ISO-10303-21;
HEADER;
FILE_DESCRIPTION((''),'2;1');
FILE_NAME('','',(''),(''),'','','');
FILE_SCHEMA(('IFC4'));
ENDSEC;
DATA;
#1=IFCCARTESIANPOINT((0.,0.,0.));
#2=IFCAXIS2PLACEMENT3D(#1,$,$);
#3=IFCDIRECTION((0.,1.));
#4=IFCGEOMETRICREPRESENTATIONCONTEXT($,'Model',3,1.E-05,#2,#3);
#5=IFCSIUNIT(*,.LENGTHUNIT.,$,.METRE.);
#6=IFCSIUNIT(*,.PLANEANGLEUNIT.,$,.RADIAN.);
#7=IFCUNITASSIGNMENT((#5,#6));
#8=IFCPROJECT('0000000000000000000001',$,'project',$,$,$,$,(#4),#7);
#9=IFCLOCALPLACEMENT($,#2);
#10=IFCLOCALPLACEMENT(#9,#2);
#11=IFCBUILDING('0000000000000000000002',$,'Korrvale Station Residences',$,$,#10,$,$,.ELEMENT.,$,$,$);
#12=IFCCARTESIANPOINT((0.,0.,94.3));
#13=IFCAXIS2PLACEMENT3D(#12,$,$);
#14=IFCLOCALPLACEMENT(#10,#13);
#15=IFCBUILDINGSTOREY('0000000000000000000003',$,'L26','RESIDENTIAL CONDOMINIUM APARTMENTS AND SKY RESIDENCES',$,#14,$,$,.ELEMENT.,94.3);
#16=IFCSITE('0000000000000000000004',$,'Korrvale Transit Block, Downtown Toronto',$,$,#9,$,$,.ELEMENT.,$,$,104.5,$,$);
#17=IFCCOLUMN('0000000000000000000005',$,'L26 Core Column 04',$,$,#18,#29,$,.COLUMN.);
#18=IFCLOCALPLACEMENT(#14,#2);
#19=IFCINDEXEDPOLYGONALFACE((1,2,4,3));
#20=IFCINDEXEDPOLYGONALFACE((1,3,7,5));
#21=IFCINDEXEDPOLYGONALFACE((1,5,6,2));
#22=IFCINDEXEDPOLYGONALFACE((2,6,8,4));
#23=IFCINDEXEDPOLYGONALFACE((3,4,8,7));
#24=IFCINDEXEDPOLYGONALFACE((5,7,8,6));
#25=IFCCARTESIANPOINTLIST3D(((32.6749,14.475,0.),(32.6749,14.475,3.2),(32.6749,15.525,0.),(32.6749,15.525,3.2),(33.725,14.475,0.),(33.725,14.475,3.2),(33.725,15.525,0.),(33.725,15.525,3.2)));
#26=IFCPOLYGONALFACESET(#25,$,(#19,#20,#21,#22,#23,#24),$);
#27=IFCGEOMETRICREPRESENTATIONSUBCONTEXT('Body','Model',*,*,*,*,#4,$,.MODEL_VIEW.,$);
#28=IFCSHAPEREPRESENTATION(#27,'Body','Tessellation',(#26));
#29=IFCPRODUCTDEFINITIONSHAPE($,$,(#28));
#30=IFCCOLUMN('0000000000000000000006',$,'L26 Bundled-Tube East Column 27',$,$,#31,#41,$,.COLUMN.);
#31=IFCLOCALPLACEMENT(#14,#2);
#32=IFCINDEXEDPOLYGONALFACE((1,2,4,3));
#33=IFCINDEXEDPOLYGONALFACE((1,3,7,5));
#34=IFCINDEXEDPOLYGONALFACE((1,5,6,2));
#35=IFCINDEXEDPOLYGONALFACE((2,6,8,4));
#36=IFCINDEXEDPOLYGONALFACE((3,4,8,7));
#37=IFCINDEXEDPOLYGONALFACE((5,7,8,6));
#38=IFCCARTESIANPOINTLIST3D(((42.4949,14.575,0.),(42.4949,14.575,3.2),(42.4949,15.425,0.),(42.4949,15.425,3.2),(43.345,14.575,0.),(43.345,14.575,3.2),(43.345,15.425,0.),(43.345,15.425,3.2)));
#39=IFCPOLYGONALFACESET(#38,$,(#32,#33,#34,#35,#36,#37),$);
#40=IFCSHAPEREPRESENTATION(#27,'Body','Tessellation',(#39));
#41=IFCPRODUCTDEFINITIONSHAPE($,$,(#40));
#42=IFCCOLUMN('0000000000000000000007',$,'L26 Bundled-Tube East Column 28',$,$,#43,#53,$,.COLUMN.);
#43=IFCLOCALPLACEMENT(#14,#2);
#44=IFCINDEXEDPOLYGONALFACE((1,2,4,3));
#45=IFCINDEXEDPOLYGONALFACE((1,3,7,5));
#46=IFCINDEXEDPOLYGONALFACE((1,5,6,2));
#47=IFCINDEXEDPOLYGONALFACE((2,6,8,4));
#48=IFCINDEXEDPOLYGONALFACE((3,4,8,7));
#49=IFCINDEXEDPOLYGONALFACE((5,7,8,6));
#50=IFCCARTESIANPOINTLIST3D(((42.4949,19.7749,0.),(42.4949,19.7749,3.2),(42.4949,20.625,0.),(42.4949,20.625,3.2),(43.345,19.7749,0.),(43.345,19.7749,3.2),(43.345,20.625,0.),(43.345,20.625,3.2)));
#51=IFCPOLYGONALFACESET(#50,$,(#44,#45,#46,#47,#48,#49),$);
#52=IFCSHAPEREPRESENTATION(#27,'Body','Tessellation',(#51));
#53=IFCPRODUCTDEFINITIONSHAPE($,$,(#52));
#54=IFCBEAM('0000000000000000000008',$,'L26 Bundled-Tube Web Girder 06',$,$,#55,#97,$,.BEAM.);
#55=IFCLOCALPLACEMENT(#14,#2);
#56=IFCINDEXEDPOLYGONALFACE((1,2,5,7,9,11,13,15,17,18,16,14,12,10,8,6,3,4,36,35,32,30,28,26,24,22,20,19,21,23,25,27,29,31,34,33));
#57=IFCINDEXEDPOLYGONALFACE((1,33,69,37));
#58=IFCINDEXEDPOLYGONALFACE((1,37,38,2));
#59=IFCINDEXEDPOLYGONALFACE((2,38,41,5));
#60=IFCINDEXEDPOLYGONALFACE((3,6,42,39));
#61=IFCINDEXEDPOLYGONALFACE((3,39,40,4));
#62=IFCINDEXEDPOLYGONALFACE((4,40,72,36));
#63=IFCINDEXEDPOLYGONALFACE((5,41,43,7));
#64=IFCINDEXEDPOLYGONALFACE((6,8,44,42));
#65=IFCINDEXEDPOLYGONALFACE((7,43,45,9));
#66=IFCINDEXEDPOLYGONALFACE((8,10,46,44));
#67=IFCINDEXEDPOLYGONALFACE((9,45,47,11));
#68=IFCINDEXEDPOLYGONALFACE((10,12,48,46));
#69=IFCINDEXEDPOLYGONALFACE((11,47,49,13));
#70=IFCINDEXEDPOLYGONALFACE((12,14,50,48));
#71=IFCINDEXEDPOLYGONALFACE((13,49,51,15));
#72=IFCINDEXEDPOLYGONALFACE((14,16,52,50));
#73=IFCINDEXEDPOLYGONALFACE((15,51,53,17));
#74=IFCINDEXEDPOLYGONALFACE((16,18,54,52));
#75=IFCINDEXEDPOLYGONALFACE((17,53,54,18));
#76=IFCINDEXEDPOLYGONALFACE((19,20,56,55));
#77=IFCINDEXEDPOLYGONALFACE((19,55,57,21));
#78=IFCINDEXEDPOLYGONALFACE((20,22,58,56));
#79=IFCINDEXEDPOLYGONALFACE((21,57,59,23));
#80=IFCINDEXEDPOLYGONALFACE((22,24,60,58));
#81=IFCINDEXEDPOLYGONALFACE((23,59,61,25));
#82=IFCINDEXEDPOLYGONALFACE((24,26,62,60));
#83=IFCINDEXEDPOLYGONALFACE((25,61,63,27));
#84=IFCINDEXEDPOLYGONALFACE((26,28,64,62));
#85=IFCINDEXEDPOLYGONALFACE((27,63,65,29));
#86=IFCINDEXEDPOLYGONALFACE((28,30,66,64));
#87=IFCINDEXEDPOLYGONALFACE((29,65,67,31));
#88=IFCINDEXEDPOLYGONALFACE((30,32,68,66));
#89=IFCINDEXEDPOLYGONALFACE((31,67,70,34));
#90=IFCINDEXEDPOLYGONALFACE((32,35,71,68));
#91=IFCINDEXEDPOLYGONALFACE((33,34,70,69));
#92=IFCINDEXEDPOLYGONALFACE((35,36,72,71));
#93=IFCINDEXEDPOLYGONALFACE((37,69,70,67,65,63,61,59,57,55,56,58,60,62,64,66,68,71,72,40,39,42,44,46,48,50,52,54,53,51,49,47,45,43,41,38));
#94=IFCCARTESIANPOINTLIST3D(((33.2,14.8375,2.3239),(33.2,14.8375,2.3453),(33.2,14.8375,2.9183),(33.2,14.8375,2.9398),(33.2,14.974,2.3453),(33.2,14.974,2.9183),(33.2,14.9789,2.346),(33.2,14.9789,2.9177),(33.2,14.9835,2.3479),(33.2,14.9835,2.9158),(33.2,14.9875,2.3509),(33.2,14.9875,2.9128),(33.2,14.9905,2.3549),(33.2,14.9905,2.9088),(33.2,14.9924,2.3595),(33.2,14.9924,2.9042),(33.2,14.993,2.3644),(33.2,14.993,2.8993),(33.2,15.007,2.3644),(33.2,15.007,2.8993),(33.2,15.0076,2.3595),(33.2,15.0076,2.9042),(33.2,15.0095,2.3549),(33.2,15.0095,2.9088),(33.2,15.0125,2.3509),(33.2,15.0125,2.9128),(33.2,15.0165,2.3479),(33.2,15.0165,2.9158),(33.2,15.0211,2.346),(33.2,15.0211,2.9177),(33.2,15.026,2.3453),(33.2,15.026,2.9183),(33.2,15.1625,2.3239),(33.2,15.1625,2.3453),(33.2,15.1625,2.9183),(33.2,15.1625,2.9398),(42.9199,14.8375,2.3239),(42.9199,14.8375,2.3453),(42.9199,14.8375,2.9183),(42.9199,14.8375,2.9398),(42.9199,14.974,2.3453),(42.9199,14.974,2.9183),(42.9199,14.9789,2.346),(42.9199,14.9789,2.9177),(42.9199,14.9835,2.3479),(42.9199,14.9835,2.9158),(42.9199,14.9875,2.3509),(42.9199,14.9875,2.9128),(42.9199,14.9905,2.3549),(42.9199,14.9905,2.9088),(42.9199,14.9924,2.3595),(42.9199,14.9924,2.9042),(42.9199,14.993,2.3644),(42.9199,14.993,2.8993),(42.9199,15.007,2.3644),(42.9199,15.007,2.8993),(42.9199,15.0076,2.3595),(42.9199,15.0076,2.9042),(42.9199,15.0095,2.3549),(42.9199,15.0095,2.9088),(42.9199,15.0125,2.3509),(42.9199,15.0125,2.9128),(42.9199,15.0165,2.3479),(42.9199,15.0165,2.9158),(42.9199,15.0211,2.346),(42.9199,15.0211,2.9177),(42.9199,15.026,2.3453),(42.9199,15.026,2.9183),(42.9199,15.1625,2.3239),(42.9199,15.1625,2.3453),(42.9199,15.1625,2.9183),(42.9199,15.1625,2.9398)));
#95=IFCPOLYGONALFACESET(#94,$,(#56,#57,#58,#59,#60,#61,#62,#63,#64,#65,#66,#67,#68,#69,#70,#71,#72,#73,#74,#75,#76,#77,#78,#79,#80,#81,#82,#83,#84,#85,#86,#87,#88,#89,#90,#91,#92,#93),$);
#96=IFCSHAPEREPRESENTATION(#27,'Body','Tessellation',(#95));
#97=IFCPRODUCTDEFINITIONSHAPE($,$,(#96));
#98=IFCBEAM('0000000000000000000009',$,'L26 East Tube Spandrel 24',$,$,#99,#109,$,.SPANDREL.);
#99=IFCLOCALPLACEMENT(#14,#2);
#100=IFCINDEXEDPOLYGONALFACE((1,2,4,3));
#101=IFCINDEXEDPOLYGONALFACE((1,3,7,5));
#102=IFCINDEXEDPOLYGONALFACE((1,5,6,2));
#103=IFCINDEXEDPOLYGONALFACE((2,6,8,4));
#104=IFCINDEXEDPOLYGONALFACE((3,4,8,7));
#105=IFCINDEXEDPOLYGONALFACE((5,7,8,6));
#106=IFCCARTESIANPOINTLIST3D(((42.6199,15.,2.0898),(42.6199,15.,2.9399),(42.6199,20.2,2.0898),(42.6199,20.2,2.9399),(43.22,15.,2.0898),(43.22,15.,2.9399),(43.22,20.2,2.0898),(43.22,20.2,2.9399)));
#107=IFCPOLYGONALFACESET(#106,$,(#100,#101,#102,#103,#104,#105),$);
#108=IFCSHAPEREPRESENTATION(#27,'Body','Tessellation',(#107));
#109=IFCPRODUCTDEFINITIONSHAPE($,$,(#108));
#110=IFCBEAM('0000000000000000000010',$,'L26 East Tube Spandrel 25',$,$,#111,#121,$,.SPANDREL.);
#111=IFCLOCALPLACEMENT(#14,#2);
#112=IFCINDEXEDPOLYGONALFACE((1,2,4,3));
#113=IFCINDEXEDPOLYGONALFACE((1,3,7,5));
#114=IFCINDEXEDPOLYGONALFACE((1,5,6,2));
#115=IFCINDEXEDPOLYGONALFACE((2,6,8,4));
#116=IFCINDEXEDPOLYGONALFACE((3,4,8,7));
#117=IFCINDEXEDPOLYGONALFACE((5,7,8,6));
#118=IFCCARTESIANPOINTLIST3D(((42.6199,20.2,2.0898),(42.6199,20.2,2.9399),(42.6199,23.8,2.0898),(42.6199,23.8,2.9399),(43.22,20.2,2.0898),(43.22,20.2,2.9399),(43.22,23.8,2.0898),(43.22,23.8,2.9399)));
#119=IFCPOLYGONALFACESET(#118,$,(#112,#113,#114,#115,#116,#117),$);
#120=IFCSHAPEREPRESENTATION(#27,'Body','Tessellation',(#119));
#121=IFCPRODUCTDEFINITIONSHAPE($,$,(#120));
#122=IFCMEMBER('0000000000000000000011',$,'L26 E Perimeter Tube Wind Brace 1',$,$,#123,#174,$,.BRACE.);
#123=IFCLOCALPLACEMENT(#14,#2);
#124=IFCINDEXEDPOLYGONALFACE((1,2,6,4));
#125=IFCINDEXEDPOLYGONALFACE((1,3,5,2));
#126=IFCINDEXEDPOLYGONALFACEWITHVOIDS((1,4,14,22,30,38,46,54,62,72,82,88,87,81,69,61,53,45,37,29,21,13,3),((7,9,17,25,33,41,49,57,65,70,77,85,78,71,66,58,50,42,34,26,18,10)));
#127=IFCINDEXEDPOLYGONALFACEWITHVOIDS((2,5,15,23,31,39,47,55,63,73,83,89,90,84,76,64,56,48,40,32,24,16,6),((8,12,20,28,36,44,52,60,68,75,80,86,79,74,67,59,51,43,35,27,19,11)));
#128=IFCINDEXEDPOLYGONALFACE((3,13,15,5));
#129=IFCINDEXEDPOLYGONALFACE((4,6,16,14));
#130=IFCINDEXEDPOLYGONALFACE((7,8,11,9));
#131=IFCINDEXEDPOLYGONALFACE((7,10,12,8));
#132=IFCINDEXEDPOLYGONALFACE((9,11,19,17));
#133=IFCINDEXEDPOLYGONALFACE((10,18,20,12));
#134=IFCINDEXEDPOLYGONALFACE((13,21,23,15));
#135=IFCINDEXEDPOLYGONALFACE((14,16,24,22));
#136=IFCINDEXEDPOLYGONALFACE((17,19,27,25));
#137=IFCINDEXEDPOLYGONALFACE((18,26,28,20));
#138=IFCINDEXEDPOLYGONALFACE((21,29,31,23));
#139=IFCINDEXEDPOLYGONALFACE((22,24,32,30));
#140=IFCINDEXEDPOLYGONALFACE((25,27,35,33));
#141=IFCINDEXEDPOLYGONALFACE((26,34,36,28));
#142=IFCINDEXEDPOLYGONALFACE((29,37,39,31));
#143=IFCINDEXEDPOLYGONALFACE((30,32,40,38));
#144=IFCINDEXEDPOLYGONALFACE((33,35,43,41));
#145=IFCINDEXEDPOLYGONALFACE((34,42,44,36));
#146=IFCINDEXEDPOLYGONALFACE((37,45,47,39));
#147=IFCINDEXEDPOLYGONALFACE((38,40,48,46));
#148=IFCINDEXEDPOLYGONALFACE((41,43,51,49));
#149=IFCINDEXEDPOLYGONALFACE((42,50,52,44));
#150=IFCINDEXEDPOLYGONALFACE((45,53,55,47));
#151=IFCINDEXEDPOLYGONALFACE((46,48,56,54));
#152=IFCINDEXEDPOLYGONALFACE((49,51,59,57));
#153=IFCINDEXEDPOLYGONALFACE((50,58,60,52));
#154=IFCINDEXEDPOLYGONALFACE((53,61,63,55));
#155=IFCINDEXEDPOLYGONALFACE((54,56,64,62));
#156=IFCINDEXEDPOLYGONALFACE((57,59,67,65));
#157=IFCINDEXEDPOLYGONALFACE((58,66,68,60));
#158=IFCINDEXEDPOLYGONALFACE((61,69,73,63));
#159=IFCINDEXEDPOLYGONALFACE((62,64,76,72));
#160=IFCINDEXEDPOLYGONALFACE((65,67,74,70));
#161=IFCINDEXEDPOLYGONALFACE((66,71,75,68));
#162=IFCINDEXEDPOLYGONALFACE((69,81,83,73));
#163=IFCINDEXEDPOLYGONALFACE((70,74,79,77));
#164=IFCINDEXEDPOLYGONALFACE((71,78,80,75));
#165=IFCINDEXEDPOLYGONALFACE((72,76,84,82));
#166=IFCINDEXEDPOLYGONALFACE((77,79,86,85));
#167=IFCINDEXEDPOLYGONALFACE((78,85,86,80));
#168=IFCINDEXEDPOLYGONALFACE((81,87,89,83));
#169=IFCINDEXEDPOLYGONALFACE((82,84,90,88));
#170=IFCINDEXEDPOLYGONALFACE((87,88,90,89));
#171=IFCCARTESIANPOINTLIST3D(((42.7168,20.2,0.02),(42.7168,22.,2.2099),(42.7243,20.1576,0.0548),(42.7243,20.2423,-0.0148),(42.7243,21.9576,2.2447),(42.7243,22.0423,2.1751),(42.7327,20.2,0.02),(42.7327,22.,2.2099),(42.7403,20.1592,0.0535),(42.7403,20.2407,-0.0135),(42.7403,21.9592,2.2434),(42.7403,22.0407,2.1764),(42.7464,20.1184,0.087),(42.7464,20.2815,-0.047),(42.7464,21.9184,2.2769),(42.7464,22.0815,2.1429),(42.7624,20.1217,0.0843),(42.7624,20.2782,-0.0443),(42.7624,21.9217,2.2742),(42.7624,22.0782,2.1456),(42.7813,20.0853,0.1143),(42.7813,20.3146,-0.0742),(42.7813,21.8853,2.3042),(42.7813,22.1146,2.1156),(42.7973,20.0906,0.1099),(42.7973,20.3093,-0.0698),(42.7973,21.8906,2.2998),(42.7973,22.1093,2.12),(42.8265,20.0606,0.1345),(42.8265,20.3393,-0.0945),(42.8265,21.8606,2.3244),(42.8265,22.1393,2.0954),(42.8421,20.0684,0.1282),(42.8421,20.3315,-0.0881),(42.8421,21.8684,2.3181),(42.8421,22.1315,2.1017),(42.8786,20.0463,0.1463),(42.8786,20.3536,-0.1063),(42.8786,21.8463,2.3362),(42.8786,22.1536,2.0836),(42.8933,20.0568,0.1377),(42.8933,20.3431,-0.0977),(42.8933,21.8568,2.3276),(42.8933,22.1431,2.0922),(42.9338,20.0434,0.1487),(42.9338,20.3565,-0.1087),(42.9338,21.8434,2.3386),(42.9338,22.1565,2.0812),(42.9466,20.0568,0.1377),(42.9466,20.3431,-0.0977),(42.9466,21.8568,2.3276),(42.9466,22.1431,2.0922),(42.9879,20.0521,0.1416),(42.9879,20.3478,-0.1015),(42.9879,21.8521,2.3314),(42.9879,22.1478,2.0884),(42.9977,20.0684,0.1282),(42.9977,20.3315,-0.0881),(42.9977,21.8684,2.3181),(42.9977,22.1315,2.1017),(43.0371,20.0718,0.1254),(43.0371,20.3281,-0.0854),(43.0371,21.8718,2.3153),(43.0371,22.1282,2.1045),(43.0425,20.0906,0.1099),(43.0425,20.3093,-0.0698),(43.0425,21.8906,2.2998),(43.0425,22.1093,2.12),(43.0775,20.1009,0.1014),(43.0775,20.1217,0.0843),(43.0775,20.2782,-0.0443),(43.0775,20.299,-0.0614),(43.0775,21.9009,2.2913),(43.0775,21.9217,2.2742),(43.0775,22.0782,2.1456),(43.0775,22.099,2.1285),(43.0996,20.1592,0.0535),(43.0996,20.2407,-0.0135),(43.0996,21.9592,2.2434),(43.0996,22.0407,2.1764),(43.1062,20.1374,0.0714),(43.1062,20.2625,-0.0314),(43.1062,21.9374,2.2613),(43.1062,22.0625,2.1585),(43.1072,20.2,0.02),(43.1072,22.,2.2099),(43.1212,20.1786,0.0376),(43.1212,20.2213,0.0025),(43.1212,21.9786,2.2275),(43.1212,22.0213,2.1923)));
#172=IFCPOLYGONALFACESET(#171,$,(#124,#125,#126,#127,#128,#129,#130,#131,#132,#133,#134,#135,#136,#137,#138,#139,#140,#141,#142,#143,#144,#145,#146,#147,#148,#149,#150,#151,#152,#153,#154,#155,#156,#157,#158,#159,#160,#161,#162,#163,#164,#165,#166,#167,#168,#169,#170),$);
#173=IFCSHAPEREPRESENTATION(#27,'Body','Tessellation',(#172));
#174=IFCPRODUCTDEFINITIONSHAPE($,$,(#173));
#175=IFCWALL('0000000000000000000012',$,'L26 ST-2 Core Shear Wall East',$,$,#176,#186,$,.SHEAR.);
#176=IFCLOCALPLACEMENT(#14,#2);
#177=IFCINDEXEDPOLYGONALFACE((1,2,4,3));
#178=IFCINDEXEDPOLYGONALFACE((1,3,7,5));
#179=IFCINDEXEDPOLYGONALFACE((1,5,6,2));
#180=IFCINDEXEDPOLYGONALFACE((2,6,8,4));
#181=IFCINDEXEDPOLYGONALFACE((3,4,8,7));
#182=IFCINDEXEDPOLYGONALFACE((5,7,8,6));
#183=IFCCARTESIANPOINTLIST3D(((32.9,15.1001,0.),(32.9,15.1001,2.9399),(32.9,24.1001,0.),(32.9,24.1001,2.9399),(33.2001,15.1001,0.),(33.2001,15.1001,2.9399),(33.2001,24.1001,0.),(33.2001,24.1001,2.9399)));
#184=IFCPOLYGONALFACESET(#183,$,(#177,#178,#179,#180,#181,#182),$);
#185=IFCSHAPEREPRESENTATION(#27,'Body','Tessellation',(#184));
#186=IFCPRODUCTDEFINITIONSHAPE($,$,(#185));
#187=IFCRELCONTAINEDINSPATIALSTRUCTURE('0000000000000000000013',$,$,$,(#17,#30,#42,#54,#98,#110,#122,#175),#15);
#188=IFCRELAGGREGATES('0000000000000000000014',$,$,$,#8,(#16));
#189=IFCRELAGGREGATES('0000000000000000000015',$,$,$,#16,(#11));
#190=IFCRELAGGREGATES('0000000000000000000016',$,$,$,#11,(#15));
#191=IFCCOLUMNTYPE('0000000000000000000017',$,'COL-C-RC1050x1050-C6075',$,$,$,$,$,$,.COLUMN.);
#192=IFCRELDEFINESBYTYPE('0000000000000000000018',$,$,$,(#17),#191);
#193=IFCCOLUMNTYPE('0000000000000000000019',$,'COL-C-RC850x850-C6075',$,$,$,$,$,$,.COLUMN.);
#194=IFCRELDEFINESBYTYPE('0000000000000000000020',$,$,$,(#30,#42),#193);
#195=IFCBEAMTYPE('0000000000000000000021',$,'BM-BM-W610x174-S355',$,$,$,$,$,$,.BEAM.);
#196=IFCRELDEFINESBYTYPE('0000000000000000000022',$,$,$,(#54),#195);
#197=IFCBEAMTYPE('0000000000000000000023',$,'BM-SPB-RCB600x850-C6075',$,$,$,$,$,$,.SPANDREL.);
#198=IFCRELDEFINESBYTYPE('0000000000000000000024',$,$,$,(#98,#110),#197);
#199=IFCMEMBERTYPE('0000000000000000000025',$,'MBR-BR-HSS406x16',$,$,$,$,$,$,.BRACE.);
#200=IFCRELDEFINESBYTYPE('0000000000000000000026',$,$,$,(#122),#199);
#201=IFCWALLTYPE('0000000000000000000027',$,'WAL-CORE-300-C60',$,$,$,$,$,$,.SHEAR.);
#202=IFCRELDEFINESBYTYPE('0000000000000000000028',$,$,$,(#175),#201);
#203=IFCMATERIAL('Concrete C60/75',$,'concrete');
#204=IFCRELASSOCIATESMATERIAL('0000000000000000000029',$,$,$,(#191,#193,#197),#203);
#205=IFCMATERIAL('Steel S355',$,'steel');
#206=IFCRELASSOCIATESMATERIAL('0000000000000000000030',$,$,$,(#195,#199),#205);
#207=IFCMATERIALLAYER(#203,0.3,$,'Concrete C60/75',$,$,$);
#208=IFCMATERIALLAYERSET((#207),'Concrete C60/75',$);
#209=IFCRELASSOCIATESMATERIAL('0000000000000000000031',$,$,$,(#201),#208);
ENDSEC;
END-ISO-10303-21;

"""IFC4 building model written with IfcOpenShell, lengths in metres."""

from ifc_helpers import new_model, si_unit, direction, frame, frame_2d, origin, origin_2d, place, context, subcontext, project, spatial, rectangle, hollow_circle, i_section, extrude, material, layer, layer_set, material_profile, profile_set, type_object, element, save


model = new_model("IFC4")

# Units and contexts
model_context = context("Model", 3, precision=1e-05, world=origin(), true_north=direction((0.0, 1.0)))
body_context = subcontext(model_context, "Body", "Model", "MODEL_VIEW")
ifc_project = project(units=[si_unit("LENGTHUNIT", "METRE"), si_unit("PLANEANGLEUNIT", "RADIAN")], contexts=[model_context])

# Site, building, storey
site_placement = place(None, origin())
site = spatial("IfcSite", under=ifc_project, at=site_placement, Name="Korrvale Transit Block, Downtown Toronto", CompositionType="ELEMENT", RefElevation=104.5)
building_placement = place(site_placement, origin())
building = spatial("IfcBuilding", under=site, at=building_placement, Name="Korrvale Station Residences", CompositionType="ELEMENT")
storey_placement = place(building_placement, frame((0.0, 0.0, 94.3)))
storey = spatial("IfcBuildingStorey", under=building, at=storey_placement, Name="L26", Description="RESIDENTIAL CONDOMINIUM APARTMENTS AND SKY RESIDENCES", CompositionType="ELEMENT", Elevation=94.3)

# Columns
ifc_material_1 = material(Name="Concrete C60/75", Category="concrete")
ifc_material_profile_1 = material_profile(ifc_material_1, rectangle(XDim=1.05, YDim=1.05, at=origin_2d()), Name="RC1050x1050")
ifc_profile_set_1 = profile_set([ifc_material_profile_1], Name="Concrete C60/75")
column_type_1 = type_object("IfcColumnType", Name="COL-C-RC1050x1050-C6075", PredefinedType="COLUMN", material=ifc_profile_set_1)
column_placement = place(storey_placement, frame((33.2, 15.0, 0.0), z_axis=(0.0, 0.0, 1.0), x_axis=(1.0, 0.0, 0.0)))
element("IfcColumn", 1, at=column_placement, inside=storey, type_object=column_type_1, Name="L26 Core Column 04", PredefinedType="COLUMN", context=body_context, shape_type="SweptSolid", body=[
    extrude(rectangle(XDim=1.05, YDim=1.05, at=origin_2d()), origin(), (0.0, 0.0, 1.0), 3.2),
])
ifc_material_profile_2 = material_profile(ifc_material_1, rectangle(XDim=0.8501, YDim=0.8501, at=origin_2d()), Name="RC850x850")
ifc_profile_set_2 = profile_set([ifc_material_profile_2], Name="Concrete C60/75")
column_type_2 = type_object("IfcColumnType", Name="COL-C-RC850x850-C6075", PredefinedType="COLUMN", material=ifc_profile_set_2)
for number, where, z_axis, x_axis, name in (
    (2, (42.9199, 15.0, 0.0), (0.0, 0.0, 1.0), (1.0, 0.0, 0.0), "L26 Bundled-Tube East Column 27"),
    (3, (42.9199, 20.2, 0.0), (0.0, 0.0, 1.0), (1.0, 0.0, 0.0), "L26 Bundled-Tube East Column 28"),
):
    element("IfcColumn", number, at=place(storey_placement, frame(where, z_axis=z_axis, x_axis=x_axis)), inside=storey, type_object=column_type_2, Name=name, PredefinedType="COLUMN", context=body_context, shape_type="SweptSolid", body=[
        extrude(rectangle(XDim=0.8501, YDim=0.8501, at=origin_2d()), origin(), (0.0, 0.0, 1.0), 3.2),
    ])

# Beams
ifc_material_2 = material(Name="Steel S355", Category="steel")
ifc_material_profile_3 = material_profile(ifc_material_2, i_section(OverallWidth=0.325, OverallDepth=0.616, WebThickness=0.0139, FlangeThickness=0.0215, FilletRadius=0.019, at=origin_2d()), Name="W610x174")
ifc_profile_set_3 = profile_set([ifc_material_profile_3], Name="Steel S355")
beam_type_1 = type_object("IfcBeamType", Name="BM-BM-W610x174-S355", PredefinedType="BEAM", material=ifc_profile_set_3)
beam_1_placement = place(storey_placement, frame((33.2, 15.0, 2.6318), z_axis=(1.0, 0.0, 0.0), x_axis=(0.0, 1.0, 0.0)))
element("IfcBeam", 4, at=beam_1_placement, inside=storey, type_object=beam_type_1, Name="L26 Bundled-Tube Web Girder 06", PredefinedType="BEAM", context=body_context, shape_type="SweptSolid", body=[
    extrude(i_section(OverallWidth=0.325, OverallDepth=0.616, WebThickness=0.0139, FlangeThickness=0.0215, FilletRadius=0.019, at=origin_2d()), origin(), (0.0, 0.0, 1.0), 9.72),
])
ifc_material_profile_4 = material_profile(ifc_material_1, rectangle(XDim=0.6001, YDim=0.8501, at=origin_2d()), Name="RCB600x850")
ifc_profile_set_4 = profile_set([ifc_material_profile_4], Name="Concrete C60/75")
beam_type_2 = type_object("IfcBeamType", Name="BM-SPB-RCB600x850-C6075", PredefinedType="SPANDREL", material=ifc_profile_set_4)
beam_2_placement = place(storey_placement, frame((42.9199, 15.0, 2.5149), z_axis=(0.0, 1.0, 0.0), x_axis=(-1.0, 0.0, 0.0)))
element("IfcBeam", 5, at=beam_2_placement, inside=storey, type_object=beam_type_2, Name="L26 East Tube Spandrel 24", PredefinedType="SPANDREL", context=body_context, shape_type="SweptSolid", body=[
    extrude(rectangle(XDim=0.6001, YDim=0.8501, at=origin_2d()), origin(), (0.0, 0.0, 1.0), 5.2),
])
beam_3_placement = place(storey_placement, frame((42.9199, 20.2, 2.5149), z_axis=(0.0, 1.0, 0.0), x_axis=(-1.0, 0.0, 0.0)))
element("IfcBeam", 6, at=beam_3_placement, inside=storey, type_object=beam_type_2, Name="L26 East Tube Spandrel 25", PredefinedType="SPANDREL", context=body_context, shape_type="SweptSolid", body=[
    extrude(rectangle(XDim=0.6001, YDim=0.8501, at=origin_2d()), origin(), (0.0, 0.0, 1.0), 3.6001),
])

# Member
ifc_material_profile_5 = material_profile(ifc_material_2, hollow_circle(Radius=0.2031, WallThickness=0.0159, at=origin_2d()), Name="HSS406x16")
ifc_profile_set_5 = profile_set([ifc_material_profile_5], Name="Steel S355")
member_type = type_object("IfcMemberType", Name="MBR-BR-HSS406x16", PredefinedType="BRACE", material=ifc_profile_set_5)
member_placement = place(storey_placement, frame((42.9199, 20.2, 0.02), z_axis=(0.0, 0.634985, 0.772524), x_axis=(-1.0, 0.0, 0.0)))
element("IfcMember", 7, at=member_placement, inside=storey, type_object=member_type, Name="L26 E Perimeter Tube Wind Brace 1", PredefinedType="BRACE", context=body_context, shape_type="SweptSolid", body=[
    extrude(hollow_circle(Radius=0.2031, WallThickness=0.0159, at=origin_2d()), origin(), (0.0, 0.0, 1.0), 2.8347),
])

# Wall
ifc_layer_1 = layer(ifc_material_1, 0.3, Name="Concrete C60/75")
ifc_layer_set_1 = layer_set([ifc_layer_1], Name="Concrete C60/75")
wall_type_1 = type_object("IfcWallType", Name="WAL-CORE-300-C60", PredefinedType="SHEAR", material=ifc_layer_set_1)
wall_1_placement = place(storey_placement, frame((33.05, 15.1001, 0.0), z_axis=(0.0, 0.0, 1.0), x_axis=(0.0, 1.0, 0.0)))
element("IfcWall", 8, at=wall_1_placement, inside=storey, type_object=wall_type_1, Name="L26 ST-2 Core Shear Wall East", PredefinedType="SHEAR", context=body_context, shape_type="SweptSolid", body=[
    extrude(rectangle(XDim=9.0, YDim=0.3, at=frame_2d((4.5, 0.0))), origin(), (0.0, 0.0, 1.0), 2.9399),
])

save(model, "model.ifc")
